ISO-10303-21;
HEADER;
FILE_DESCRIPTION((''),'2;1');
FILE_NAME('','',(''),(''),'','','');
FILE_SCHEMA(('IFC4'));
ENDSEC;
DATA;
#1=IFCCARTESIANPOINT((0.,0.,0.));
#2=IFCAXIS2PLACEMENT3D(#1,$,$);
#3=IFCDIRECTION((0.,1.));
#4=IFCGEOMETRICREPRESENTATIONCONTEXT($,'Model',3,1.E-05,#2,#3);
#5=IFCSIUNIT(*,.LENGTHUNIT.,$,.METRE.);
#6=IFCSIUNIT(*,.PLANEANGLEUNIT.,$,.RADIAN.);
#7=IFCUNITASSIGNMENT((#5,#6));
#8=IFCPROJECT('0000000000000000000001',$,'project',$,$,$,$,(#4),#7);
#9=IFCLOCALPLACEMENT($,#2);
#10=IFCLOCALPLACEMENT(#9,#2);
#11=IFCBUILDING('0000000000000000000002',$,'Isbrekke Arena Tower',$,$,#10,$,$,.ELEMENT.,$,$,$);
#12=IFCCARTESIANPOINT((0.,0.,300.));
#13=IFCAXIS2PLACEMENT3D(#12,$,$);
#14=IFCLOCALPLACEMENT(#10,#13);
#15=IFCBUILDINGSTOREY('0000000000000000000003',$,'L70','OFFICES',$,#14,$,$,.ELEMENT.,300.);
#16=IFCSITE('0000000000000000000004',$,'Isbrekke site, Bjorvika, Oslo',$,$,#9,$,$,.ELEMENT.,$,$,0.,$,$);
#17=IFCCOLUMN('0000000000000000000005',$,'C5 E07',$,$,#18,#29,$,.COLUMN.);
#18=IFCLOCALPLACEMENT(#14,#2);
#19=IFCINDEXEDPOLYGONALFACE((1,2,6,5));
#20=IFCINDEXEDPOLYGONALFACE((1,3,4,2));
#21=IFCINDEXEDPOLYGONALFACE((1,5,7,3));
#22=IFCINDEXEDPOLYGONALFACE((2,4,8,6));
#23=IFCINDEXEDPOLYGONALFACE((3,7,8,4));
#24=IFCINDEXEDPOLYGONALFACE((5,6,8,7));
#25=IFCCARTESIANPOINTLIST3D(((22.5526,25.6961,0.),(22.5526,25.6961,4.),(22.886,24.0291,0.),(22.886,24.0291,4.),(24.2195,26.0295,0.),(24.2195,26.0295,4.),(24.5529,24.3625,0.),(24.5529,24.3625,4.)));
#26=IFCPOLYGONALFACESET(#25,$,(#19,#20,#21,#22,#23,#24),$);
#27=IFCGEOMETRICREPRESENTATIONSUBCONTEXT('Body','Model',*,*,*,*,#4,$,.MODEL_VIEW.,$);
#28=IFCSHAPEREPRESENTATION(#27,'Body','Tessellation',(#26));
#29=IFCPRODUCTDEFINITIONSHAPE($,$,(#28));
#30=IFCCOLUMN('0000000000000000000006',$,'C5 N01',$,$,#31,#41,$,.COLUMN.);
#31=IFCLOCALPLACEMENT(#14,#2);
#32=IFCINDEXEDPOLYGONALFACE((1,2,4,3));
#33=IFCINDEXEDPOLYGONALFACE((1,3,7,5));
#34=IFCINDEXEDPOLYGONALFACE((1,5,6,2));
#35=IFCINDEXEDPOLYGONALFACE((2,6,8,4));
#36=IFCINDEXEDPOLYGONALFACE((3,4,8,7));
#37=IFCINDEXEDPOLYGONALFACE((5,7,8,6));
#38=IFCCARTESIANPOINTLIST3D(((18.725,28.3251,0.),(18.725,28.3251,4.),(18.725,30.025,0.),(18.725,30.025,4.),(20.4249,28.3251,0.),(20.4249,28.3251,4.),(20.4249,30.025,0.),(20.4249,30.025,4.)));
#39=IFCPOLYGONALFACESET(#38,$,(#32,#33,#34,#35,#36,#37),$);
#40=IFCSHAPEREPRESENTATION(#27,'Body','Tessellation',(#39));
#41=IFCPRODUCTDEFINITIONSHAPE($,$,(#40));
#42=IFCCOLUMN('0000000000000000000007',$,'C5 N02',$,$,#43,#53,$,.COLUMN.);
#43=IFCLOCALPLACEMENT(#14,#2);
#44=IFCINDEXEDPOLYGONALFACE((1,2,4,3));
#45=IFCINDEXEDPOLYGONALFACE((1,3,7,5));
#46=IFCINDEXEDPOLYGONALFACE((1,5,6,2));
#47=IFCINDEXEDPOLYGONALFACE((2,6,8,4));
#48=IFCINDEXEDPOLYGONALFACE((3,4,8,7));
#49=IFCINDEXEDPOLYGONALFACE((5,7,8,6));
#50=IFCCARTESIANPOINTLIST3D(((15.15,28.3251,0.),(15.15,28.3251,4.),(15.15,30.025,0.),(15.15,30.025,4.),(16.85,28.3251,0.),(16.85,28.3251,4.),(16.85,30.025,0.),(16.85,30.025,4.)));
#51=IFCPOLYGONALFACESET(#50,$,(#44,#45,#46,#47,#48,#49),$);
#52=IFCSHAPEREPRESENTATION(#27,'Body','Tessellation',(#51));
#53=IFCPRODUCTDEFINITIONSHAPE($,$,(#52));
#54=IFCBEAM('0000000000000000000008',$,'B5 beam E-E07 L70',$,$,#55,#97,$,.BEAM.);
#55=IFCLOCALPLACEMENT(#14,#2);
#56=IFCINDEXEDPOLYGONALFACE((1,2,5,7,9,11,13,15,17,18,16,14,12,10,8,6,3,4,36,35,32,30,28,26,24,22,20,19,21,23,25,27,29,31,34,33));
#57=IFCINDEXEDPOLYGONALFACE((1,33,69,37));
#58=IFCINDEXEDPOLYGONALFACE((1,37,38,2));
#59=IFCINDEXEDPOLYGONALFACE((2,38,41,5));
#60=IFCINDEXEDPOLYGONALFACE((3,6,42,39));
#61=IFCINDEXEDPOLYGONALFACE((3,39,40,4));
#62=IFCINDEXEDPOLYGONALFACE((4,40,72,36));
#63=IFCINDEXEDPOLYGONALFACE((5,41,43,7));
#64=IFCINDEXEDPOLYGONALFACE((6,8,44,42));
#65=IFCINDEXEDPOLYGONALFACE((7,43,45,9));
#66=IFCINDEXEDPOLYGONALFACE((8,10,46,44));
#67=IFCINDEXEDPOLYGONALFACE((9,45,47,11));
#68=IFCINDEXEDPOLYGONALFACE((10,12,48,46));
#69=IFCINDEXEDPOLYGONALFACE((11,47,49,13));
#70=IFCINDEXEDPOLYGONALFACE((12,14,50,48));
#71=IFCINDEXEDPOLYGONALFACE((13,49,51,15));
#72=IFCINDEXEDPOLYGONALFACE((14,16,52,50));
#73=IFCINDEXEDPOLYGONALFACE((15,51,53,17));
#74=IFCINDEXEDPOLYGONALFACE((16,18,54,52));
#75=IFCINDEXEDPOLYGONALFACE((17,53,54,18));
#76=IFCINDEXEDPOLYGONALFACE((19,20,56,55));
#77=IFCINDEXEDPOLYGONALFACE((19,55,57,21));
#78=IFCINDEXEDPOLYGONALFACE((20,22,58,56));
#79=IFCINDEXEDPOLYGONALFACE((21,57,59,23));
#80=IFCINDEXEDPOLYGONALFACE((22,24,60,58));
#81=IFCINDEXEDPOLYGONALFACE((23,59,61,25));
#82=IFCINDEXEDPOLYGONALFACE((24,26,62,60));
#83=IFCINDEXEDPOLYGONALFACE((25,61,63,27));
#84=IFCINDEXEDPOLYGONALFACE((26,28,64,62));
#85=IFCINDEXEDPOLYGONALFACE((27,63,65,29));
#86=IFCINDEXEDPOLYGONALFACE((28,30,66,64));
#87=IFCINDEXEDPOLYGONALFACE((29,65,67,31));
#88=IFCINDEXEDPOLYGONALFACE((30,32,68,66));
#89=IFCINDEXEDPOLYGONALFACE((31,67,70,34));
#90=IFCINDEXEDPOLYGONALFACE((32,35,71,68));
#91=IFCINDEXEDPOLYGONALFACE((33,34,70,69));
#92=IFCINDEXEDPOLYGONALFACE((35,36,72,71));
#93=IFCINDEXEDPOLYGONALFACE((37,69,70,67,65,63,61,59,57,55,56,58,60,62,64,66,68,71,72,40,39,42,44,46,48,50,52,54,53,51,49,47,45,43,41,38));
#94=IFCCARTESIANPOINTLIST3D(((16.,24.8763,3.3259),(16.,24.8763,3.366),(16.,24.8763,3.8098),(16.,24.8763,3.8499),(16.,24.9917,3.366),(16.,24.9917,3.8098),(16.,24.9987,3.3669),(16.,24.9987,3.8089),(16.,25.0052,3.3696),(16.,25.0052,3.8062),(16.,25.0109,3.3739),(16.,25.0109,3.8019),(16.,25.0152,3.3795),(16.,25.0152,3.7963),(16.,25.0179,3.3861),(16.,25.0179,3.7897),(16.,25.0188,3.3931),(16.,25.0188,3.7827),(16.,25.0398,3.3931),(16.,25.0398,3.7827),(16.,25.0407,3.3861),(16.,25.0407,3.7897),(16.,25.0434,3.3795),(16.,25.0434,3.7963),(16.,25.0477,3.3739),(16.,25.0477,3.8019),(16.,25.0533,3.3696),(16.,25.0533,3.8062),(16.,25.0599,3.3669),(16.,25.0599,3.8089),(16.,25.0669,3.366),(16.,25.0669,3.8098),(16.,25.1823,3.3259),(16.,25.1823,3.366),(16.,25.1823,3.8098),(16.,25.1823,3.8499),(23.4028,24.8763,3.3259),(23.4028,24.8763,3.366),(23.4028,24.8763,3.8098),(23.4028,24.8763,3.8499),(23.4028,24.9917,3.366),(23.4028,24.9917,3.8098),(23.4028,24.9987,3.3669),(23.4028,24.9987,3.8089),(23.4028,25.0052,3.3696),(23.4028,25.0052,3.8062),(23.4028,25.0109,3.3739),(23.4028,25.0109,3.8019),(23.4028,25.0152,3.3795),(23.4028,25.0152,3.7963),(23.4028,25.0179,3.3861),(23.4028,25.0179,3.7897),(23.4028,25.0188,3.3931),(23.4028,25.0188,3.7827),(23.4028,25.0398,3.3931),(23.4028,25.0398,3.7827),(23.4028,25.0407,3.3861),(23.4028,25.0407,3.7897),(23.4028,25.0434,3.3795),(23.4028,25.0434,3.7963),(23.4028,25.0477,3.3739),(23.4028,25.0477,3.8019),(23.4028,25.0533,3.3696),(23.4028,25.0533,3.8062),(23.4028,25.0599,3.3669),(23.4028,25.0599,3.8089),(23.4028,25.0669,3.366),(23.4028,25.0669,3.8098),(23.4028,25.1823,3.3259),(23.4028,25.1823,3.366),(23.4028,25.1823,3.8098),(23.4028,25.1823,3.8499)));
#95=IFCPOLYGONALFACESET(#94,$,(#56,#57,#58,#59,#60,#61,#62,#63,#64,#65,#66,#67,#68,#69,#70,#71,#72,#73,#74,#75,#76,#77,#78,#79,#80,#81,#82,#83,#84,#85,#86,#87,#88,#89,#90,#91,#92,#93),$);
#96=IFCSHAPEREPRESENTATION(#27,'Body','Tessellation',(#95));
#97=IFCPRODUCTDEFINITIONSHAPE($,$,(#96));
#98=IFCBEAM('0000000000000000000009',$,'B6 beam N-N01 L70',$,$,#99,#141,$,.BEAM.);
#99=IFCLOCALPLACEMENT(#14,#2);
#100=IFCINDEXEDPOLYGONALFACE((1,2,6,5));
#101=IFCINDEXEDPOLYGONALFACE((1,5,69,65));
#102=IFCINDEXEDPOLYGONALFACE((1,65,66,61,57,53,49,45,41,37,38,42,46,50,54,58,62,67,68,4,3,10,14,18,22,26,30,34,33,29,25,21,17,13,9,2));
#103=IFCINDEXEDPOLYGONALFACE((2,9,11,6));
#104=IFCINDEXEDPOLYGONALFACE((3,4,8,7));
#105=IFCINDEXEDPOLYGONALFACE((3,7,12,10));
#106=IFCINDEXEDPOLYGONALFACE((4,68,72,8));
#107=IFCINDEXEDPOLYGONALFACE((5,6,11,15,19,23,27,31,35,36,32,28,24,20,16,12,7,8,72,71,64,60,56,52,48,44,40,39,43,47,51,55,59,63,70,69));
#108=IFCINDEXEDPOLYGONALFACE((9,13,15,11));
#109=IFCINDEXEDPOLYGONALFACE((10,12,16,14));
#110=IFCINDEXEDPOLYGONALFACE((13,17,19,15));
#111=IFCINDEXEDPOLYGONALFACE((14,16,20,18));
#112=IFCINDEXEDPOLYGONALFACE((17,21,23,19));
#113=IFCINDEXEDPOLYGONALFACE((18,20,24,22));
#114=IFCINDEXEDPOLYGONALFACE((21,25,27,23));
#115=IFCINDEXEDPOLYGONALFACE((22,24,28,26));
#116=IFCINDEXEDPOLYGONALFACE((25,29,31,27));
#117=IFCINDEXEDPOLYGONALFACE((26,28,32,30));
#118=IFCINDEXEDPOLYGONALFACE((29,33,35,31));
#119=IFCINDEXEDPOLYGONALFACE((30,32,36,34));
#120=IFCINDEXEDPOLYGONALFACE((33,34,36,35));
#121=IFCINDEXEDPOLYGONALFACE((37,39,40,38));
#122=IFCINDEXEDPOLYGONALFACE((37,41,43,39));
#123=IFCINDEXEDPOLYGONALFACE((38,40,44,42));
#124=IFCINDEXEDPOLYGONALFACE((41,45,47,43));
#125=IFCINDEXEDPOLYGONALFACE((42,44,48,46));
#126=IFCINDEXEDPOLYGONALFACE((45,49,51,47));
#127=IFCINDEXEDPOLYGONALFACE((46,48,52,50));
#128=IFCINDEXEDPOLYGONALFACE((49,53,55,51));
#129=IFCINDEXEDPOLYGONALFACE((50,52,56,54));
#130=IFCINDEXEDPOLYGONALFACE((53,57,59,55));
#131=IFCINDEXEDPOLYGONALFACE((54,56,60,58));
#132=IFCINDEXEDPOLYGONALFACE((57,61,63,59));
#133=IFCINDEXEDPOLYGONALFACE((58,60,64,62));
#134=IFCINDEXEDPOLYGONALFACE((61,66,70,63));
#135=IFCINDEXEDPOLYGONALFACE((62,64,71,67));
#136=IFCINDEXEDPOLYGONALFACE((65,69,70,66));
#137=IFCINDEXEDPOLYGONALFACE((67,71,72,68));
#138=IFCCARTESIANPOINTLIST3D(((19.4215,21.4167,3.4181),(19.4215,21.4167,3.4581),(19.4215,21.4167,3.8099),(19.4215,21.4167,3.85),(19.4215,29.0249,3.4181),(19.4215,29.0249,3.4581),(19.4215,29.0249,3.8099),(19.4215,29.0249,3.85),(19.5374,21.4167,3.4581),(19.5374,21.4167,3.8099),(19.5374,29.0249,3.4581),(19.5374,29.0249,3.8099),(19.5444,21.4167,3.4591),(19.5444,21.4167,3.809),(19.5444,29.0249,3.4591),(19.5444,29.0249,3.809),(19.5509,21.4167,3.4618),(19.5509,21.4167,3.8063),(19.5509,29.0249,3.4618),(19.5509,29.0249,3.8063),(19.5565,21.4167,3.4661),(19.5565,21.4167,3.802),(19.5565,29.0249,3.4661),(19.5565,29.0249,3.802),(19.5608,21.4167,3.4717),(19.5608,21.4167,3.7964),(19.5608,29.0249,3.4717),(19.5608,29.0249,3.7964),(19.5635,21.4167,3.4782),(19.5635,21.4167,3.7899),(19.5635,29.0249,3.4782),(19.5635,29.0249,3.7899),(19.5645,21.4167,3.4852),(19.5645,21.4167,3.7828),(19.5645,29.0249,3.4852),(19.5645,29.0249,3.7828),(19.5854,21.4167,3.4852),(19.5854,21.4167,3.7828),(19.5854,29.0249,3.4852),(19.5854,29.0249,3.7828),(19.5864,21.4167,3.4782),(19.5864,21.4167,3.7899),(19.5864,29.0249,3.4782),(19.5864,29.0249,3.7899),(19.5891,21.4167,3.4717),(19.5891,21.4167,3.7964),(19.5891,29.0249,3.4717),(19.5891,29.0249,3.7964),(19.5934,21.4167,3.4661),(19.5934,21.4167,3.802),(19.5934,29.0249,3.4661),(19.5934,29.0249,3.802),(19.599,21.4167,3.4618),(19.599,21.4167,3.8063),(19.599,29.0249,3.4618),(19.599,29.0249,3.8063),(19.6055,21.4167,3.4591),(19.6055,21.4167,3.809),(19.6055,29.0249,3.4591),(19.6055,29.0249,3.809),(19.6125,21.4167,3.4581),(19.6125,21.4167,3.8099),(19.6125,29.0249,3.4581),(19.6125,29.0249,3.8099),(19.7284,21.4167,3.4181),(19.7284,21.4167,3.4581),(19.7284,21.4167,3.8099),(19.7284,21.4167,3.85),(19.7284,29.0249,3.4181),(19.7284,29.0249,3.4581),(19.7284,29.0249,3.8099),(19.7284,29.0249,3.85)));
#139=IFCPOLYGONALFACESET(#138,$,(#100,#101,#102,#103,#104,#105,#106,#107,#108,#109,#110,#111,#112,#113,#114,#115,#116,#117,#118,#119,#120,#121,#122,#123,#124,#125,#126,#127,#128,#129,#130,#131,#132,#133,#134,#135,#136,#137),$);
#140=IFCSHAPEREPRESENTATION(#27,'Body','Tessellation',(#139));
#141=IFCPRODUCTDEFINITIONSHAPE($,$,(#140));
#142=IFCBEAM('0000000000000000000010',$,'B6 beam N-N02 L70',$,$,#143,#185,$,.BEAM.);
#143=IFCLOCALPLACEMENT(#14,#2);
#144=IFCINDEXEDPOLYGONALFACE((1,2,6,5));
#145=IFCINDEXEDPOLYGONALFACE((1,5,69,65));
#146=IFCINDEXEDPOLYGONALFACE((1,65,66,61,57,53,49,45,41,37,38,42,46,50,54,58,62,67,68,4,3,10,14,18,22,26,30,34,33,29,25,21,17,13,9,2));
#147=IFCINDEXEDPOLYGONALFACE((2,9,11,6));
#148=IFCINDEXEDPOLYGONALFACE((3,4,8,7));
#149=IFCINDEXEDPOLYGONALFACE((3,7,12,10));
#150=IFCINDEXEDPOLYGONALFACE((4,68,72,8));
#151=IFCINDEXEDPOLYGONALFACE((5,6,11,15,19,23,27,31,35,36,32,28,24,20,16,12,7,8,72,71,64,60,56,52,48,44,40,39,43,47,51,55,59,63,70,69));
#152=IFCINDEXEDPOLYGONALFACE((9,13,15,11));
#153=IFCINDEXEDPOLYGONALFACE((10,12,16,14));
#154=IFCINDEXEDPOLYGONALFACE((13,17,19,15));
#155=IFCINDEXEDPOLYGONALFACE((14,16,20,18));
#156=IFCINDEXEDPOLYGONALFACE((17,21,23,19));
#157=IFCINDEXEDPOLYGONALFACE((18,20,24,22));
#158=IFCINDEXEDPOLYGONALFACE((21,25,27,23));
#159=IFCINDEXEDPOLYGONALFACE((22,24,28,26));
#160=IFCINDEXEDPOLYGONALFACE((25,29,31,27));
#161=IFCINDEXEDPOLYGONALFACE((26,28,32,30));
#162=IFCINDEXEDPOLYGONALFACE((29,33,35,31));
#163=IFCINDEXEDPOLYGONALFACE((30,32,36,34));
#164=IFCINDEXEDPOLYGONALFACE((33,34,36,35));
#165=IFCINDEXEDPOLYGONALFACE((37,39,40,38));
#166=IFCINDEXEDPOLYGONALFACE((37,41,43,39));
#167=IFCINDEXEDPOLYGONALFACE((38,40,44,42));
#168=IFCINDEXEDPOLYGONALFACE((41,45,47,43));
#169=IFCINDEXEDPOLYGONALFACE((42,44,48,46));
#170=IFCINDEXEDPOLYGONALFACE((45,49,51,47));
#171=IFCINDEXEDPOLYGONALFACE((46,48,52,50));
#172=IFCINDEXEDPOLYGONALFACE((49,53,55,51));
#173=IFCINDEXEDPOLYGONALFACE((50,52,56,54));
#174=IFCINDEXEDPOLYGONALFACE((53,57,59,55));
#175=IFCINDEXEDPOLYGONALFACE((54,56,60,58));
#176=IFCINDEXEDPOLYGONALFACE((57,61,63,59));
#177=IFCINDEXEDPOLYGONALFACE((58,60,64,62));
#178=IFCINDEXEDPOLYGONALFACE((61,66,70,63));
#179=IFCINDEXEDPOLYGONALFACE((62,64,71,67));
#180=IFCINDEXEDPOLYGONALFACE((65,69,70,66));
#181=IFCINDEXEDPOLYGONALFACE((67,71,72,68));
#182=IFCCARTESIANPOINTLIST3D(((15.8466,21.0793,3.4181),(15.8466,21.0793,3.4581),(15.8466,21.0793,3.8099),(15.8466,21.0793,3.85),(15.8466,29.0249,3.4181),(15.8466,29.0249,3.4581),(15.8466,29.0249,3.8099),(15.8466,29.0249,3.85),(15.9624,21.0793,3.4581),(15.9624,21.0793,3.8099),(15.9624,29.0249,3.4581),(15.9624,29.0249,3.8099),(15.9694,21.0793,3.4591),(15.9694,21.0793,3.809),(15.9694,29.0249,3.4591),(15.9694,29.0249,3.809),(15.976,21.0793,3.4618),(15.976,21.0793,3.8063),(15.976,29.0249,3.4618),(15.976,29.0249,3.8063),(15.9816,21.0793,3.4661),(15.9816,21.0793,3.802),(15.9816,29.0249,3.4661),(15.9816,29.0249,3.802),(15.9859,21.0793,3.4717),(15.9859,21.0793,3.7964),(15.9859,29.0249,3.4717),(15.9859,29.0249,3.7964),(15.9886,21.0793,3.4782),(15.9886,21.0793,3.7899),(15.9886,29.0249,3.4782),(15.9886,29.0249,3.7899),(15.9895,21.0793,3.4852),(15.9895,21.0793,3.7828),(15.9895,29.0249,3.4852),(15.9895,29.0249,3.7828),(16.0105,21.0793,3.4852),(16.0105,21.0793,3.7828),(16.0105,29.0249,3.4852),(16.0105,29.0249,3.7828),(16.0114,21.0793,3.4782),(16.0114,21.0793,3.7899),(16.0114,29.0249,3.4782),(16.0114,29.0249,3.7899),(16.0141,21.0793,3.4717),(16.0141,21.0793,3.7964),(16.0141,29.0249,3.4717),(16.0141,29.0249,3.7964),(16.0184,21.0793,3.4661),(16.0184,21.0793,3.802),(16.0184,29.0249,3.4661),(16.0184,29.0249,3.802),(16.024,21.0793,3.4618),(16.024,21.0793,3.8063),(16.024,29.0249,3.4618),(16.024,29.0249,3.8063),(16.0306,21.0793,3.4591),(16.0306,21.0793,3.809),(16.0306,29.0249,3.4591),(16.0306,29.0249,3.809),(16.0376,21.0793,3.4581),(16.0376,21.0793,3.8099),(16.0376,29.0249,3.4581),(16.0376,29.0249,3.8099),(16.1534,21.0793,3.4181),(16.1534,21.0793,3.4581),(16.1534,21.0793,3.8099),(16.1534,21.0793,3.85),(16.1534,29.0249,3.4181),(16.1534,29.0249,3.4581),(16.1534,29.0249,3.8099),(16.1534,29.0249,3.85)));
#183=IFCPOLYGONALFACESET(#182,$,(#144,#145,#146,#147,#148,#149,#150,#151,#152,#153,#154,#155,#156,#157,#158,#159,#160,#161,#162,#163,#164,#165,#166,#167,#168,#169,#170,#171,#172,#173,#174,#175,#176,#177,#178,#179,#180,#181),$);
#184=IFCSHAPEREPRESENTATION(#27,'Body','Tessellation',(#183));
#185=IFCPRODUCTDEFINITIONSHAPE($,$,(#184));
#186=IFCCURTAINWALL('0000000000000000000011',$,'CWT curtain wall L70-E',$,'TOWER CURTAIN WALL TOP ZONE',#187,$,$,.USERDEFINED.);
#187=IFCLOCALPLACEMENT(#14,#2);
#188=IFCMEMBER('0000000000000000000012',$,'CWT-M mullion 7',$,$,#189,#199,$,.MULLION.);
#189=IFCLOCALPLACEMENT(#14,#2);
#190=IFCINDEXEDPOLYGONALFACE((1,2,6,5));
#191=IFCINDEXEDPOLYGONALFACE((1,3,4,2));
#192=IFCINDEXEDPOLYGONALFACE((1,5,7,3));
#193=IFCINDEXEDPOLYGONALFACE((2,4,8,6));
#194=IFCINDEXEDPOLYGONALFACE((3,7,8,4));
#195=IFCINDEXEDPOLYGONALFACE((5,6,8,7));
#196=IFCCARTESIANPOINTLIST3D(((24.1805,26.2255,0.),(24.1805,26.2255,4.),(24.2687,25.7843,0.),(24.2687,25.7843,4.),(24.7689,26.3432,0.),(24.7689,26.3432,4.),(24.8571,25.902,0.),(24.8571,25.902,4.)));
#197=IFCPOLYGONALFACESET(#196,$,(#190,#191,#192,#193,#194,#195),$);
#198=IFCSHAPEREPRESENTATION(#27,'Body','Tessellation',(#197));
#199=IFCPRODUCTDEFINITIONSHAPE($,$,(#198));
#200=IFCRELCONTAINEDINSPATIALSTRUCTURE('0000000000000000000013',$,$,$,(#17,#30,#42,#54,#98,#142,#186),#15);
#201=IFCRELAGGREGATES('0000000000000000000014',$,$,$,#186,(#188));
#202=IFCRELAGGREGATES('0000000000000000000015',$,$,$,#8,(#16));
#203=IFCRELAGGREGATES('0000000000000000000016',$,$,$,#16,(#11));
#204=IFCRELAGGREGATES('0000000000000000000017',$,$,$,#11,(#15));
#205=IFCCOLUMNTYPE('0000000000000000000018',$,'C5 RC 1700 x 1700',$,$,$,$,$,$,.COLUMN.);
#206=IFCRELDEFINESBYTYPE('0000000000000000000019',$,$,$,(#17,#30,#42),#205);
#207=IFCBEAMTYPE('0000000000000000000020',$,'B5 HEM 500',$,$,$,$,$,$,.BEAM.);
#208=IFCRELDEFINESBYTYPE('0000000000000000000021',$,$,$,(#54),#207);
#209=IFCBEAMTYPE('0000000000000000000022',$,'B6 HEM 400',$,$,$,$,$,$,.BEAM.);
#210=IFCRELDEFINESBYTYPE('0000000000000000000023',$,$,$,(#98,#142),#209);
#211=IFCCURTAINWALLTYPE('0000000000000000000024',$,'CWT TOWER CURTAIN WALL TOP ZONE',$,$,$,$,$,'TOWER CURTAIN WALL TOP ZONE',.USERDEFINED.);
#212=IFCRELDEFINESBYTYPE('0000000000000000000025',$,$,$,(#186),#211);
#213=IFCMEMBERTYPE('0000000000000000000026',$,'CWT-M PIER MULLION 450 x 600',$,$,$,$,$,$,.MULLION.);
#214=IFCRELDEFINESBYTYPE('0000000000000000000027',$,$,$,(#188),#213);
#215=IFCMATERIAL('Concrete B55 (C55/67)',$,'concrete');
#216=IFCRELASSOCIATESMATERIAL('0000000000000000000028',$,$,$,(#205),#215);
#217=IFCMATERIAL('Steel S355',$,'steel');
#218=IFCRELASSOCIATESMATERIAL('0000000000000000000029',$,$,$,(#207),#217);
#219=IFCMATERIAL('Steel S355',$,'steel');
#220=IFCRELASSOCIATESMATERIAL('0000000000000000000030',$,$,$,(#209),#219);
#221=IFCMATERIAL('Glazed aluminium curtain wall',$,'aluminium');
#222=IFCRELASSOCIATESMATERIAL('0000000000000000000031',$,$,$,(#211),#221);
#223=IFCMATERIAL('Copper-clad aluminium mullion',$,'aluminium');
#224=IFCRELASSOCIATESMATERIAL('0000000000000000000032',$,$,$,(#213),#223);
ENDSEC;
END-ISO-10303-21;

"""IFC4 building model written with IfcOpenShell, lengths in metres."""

from ifc_helpers import new_model, si_unit, direction, frame, origin, origin_2d, place, context, subcontext, project, spatial, rectangle, i_section, extrude, material, material_profile, profile_set, type_object, element, aggregate, save


model = new_model("IFC4")

# Units and contexts
model_context = context("Model", 3, precision=1e-05, world=origin(), true_north=direction((0.0, 1.0)))
body_context = subcontext(model_context, "Body", "Model", "MODEL_VIEW")
ifc_project = project(units=[si_unit("LENGTHUNIT", "METRE"), si_unit("PLANEANGLEUNIT", "RADIAN")], contexts=[model_context])

# Site, building, storey
site_placement = place(None, origin())
site = spatial("IfcSite", under=ifc_project, at=site_placement, Name="Isbrekke site, Bjorvika, Oslo", CompositionType="ELEMENT", RefElevation=0.0)
building_placement = place(site_placement, origin())
building = spatial("IfcBuilding", under=site, at=building_placement, Name="Isbrekke Arena Tower", CompositionType="ELEMENT")
storey_placement = place(building_placement, frame((0.0, 0.0, 300.0)))
storey = spatial("IfcBuildingStorey", under=building, at=storey_placement, Name="L70", Description="OFFICES", CompositionType="ELEMENT", Elevation=300.0)

# Columns
ifc_material_1 = material(Name="Concrete B55 (C55/67)", Category="concrete")
ifc_material_profile_1 = material_profile(ifc_material_1, rectangle(XDim=1.7, YDim=1.7, at=origin_2d()), Name="RC 1700x1700")
ifc_profile_set_1 = profile_set([ifc_material_profile_1], Name="Concrete B55 (C55/67)")
column_type = type_object("IfcColumnType", Name="C5 RC 1700 x 1700", PredefinedType="COLUMN", material=ifc_profile_set_1)
for number, where, z_axis, x_axis, name in (
    (1, (23.5527, 25.0293, 0.0), (0.0, 0.0, 1.0), (-0.196116, 0.980581, 0.0), "C5 E07"),
    (2, (19.575, 29.175, 0.0), (0.0, 0.0, 1.0), (-1.0, 0.0, 0.0), "C5 N01"),
    (3, (16.0, 29.175, 0.0), (0.0, 0.0, 1.0), (-1.0, 0.0, 0.0), "C5 N02"),
):
    element("IfcColumn", number, at=place(storey_placement, frame(where, z_axis=z_axis, x_axis=x_axis)), inside=storey, type_object=column_type, Name=name, PredefinedType="COLUMN", context=body_context, shape_type="SweptSolid", body=[
        extrude(rectangle(XDim=1.7, YDim=1.7, at=origin_2d()), origin(), (0.0, 0.0, 1.0), 4.0),
    ])

# Beams
ifc_material_2 = material(Name="Steel S355", Category="steel")
ifc_material_profile_2 = material_profile(ifc_material_2, i_section(OverallWidth=0.3059, OverallDepth=0.5239, WebThickness=0.021, FlangeThickness=0.04, FilletRadius=0.0271, at=origin_2d()), Name="HEM 500")
ifc_profile_set_2 = profile_set([ifc_material_profile_2], Name="Steel S355")
beam_type_1 = type_object("IfcBeamType", Name="B5 HEM 500", PredefinedType="BEAM", material=ifc_profile_set_2)
beam_1_placement = place(storey_placement, frame((23.4028, 25.0293, 3.5879), z_axis=(-1.0, 0.0, 0.0), x_axis=(0.0, -1.0, 0.0)))
element("IfcBeam", 4, at=beam_1_placement, inside=storey, type_object=beam_type_1, Name="B5 beam E-E07 L70", PredefinedType="BEAM", context=body_context, shape_type="SweptSolid", body=[
    extrude(i_section(OverallWidth=0.3059, OverallDepth=0.5239, WebThickness=0.021, FlangeThickness=0.04, FilletRadius=0.0271, at=origin_2d()), origin(), (0.0, 0.0, 1.0), 7.4028),
])
ifc_material_3 = material(Name="Steel S355", Category="steel")
ifc_material_profile_3 = material_profile(ifc_material_3, i_section(OverallWidth=0.3069, OverallDepth=0.4319, WebThickness=0.021, FlangeThickness=0.04, FilletRadius=0.0271, at=origin_2d()), Name="HEM 400")
ifc_profile_set_3 = profile_set([ifc_material_profile_3], Name="Steel S355")
beam_type_2 = type_object("IfcBeamType", Name="B6 HEM 400", PredefinedType="BEAM", material=ifc_profile_set_3)
beam_2_placement = place(storey_placement, frame((19.575, 29.0249, 3.634), z_axis=(0.0, -1.0, 0.0), x_axis=(1.0, 0.0, 0.0)))
element("IfcBeam", 5, at=beam_2_placement, inside=storey, type_object=beam_type_2, Name="B6 beam N-N01 L70", PredefinedType="BEAM", context=body_context, shape_type="SweptSolid", body=[
    extrude(i_section(OverallWidth=0.3069, OverallDepth=0.4319, WebThickness=0.021, FlangeThickness=0.04, FilletRadius=0.0271, at=origin_2d()), origin(), (0.0, 0.0, 1.0), 7.6082),
])
beam_3_placement = place(storey_placement, frame((16.0, 29.0249, 3.634), z_axis=(0.0, -1.0, 0.0), x_axis=(1.0, 0.0, 0.0)))
element("IfcBeam", 6, at=beam_3_placement, inside=storey, type_object=beam_type_2, Name="B6 beam N-N02 L70", PredefinedType="BEAM", context=body_context, shape_type="SweptSolid", body=[
    extrude(i_section(OverallWidth=0.3069, OverallDepth=0.4319, WebThickness=0.021, FlangeThickness=0.04, FilletRadius=0.0271, at=origin_2d()), origin(), (0.0, 0.0, 1.0), 7.9456),
])

# Curtain wall, member
ifc_material_4 = material(Name="Glazed aluminium curtain wall", Category="aluminium")
curtain_wall_type = type_object("IfcCurtainWallType", Name="CWT TOWER CURTAIN WALL TOP ZONE", ElementType="TOWER CURTAIN WALL TOP ZONE", PredefinedType="USERDEFINED", material=ifc_material_4)
curtain_wall_1_placement = place(storey_placement, origin())
curtain_wall_1 = element("IfcCurtainWall", 7, at=curtain_wall_1_placement, inside=storey, type_object=curtain_wall_type, Name="CWT curtain wall L70-E", ObjectType="TOWER CURTAIN WALL TOP ZONE", PredefinedType="USERDEFINED")
ifc_material_5 = material(Name="Copper-clad aluminium mullion", Category="aluminium")
ifc_material_profile_4 = material_profile(ifc_material_5, rectangle(XDim=0.45, YDim=0.6001, at=origin_2d()), Name="PIER 450X600")
ifc_profile_set_4 = profile_set([ifc_material_profile_4], Name="Copper-clad aluminium mullion")
member_type_1 = type_object("IfcMemberType", Name="CWT-M PIER MULLION 450 x 600", PredefinedType="MULLION", material=ifc_profile_set_4)
member_1_placement = place(storey_placement, frame((24.5188, 26.0637, 0.0), z_axis=(0.0, 0.0, 1.0), x_axis=(-0.196116, 0.980581, 0.0)))
member_1 = element("IfcMember", 8, at=member_1_placement, type_object=member_type_1, Name="CWT-M mullion 7", PredefinedType="MULLION", context=body_context, shape_type="SweptSolid", body=[
    extrude(rectangle(XDim=0.45, YDim=0.6001, at=origin_2d()), origin(), (0.0, 0.0, 1.0), 4.0),
])

aggregate(curtain_wall_1, [member_1])

save(model, "model.ifc")
